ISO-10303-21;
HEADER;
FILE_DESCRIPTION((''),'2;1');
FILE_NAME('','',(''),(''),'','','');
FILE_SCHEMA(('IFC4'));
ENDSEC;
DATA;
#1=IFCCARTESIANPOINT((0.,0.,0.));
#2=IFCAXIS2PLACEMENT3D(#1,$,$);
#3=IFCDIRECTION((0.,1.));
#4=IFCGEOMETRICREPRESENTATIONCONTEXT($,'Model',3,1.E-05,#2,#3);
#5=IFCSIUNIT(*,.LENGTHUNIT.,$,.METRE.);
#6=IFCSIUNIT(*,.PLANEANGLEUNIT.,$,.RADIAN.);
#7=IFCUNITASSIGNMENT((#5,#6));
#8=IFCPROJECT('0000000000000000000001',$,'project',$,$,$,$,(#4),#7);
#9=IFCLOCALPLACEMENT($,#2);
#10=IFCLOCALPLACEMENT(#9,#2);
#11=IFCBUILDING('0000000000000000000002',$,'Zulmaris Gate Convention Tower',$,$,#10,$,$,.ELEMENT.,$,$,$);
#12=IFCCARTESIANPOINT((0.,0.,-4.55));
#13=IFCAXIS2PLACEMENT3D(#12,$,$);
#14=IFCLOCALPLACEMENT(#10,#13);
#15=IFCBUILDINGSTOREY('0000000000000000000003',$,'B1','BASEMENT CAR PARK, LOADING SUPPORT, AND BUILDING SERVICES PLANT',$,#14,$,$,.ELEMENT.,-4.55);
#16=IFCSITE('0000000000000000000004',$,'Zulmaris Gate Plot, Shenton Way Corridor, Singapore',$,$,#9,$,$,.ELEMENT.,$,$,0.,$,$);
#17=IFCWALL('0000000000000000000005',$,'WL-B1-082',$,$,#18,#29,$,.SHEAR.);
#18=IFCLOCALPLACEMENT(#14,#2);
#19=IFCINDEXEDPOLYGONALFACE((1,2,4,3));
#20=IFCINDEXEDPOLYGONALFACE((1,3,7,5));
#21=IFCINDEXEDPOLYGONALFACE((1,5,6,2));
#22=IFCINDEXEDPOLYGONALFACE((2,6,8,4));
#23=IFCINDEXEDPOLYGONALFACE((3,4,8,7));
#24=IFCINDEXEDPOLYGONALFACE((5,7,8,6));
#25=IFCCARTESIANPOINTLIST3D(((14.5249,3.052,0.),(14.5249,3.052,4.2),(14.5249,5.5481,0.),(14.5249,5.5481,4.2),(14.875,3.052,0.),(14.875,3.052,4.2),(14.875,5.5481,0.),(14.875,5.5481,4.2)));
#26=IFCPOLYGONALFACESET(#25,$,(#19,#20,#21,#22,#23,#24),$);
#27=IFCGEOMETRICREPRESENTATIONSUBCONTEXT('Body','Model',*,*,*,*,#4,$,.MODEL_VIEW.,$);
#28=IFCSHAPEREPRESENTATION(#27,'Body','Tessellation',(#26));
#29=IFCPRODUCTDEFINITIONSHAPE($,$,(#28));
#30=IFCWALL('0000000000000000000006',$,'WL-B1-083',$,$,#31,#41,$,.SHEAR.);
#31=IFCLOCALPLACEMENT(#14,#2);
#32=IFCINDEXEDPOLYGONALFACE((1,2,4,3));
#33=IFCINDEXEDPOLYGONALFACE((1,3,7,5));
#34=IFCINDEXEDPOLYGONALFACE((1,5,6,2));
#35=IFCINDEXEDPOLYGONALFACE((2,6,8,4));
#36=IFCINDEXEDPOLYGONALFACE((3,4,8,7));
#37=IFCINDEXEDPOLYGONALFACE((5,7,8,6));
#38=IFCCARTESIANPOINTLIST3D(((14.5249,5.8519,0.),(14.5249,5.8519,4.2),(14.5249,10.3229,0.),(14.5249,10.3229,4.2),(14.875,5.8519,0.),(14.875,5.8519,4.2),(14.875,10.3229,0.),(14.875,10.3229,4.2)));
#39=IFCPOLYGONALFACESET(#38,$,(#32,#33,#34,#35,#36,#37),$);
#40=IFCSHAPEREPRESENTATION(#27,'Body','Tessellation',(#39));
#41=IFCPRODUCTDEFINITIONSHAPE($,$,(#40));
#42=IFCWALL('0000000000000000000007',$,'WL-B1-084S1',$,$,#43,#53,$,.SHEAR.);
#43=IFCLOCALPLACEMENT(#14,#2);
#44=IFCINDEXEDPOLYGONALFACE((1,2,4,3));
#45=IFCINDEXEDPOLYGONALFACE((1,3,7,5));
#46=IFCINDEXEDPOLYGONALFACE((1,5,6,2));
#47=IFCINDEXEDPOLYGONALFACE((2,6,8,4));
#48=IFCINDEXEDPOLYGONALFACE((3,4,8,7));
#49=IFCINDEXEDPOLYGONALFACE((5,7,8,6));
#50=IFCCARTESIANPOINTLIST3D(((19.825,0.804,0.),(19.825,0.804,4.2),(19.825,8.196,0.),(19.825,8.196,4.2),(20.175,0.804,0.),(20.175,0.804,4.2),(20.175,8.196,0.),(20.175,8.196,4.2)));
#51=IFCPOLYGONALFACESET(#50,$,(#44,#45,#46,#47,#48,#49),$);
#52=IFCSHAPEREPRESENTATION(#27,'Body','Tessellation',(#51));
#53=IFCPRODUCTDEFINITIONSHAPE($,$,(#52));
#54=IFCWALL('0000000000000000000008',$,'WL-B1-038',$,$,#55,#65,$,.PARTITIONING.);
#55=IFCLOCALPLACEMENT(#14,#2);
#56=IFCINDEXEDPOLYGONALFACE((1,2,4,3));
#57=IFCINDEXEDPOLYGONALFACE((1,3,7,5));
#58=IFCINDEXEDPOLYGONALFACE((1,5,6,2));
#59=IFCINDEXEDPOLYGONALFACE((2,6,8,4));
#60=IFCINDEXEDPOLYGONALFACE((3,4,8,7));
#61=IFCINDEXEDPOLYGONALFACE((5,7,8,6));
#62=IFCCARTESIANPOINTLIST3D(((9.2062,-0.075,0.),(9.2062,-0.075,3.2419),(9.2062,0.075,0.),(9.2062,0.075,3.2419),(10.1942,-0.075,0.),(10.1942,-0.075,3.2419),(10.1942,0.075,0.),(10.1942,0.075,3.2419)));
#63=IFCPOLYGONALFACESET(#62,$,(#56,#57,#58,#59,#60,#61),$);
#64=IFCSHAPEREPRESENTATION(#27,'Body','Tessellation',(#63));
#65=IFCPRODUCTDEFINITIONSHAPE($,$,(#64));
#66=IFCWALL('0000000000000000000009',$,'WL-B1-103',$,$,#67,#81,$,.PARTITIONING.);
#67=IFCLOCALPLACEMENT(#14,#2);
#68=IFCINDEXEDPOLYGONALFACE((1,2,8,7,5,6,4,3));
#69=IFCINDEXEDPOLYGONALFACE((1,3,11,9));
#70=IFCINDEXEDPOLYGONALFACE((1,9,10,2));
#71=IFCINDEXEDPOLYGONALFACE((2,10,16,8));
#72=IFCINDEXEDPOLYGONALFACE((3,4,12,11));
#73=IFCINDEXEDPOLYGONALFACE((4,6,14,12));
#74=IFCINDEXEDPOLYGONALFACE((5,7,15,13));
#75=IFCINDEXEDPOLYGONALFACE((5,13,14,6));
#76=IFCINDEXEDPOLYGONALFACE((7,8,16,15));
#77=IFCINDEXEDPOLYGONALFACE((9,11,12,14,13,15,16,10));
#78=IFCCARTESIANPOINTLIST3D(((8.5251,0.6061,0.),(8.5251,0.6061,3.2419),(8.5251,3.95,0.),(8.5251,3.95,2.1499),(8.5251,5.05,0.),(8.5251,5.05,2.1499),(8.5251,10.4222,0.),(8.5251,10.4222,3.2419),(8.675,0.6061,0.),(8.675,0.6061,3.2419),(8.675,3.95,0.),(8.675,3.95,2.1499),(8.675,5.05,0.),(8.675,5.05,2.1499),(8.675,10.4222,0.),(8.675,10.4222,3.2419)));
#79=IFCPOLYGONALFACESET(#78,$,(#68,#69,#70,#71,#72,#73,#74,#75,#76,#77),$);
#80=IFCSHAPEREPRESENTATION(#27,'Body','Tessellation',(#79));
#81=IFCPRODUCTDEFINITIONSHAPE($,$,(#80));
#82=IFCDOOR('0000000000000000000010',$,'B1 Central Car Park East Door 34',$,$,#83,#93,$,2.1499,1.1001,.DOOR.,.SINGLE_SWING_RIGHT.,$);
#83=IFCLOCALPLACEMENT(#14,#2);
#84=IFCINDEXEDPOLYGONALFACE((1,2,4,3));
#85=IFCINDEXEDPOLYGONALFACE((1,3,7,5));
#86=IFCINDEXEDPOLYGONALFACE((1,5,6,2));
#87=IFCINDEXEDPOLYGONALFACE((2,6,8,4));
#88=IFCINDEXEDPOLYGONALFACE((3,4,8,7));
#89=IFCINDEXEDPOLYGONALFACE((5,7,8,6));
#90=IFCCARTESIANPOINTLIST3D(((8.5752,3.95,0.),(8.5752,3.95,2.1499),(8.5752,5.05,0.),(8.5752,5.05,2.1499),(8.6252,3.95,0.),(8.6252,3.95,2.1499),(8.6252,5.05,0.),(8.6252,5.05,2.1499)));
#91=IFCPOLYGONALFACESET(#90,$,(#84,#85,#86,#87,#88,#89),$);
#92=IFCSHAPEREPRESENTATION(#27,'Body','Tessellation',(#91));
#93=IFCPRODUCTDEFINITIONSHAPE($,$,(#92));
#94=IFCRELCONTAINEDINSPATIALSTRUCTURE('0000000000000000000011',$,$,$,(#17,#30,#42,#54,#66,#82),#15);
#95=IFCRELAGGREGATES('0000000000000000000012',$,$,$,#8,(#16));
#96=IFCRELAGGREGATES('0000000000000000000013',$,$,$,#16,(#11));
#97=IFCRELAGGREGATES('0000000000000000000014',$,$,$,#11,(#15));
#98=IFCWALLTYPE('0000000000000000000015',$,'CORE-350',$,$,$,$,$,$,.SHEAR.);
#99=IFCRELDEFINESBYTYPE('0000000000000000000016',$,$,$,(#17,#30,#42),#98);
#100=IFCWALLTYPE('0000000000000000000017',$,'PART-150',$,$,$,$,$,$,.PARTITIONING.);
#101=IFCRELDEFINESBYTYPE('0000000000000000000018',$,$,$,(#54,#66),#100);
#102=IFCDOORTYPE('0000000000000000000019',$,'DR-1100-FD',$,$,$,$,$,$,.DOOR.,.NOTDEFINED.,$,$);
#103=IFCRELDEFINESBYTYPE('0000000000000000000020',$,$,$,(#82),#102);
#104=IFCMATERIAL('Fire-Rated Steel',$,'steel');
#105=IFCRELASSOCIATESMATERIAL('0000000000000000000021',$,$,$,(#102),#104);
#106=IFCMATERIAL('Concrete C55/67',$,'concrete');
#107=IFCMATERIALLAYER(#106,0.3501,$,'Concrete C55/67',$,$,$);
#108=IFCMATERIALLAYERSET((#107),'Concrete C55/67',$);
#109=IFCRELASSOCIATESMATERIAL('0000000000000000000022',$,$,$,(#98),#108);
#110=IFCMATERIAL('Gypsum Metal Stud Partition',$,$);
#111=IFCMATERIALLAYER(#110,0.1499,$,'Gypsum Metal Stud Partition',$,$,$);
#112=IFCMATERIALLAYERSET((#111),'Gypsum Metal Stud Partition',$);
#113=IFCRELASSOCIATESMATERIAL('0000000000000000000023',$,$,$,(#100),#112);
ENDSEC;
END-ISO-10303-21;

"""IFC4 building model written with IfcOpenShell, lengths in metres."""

from ifc_helpers import new_model, si_unit, direction, frame, frame_2d, origin, place, context, subcontext, project, spatial, rectangle, extrude, material, layer, layer_set, type_object, element, fill, save


model = new_model("IFC4")

# Units and contexts
model_context = context("Model", 3, precision=1e-05, world=origin(), true_north=direction((0.0, 1.0)))
body_context = subcontext(model_context, "Body", "Model", "MODEL_VIEW")
ifc_project = project(units=[si_unit("LENGTHUNIT", "METRE"), si_unit("PLANEANGLEUNIT", "RADIAN")], contexts=[model_context])

# Site, building, storey
site_placement = place(None, origin())
site = spatial("IfcSite", under=ifc_project, at=site_placement, Name="Zulmaris Gate Plot, Shenton Way Corridor, Singapore", CompositionType="ELEMENT", RefElevation=0.0)
building_placement = place(site_placement, origin())
building = spatial("IfcBuilding", under=site, at=building_placement, Name="Zulmaris Gate Convention Tower", CompositionType="ELEMENT")
storey_placement = place(building_placement, frame((0.0, 0.0, -4.55)))
storey = spatial("IfcBuildingStorey", under=building, at=storey_placement, Name="B1", Description="BASEMENT CAR PARK, LOADING SUPPORT, AND BUILDING SERVICES PLANT", CompositionType="ELEMENT", Elevation=-4.55)

# Shared definitions
ifc_material_1 = material(Name="Fire-Rated Steel", Category="steel")
door_type_1 = type_object("IfcDoorType", Name="DR-1100-FD", OperationType="NOTDEFINED", PredefinedType="DOOR", material=ifc_material_1)

# Walls
ifc_material_2 = material(Name="Concrete C55/67", Category="concrete")
ifc_layer_1 = layer(ifc_material_2, 0.3501, Name="Concrete C55/67")
ifc_layer_set_1 = layer_set([ifc_layer_1], Name="Concrete C55/67")
wall_type_1 = type_object("IfcWallType", Name="CORE-350", PredefinedType="SHEAR", material=ifc_layer_set_1)
wall_1_placement = place(storey_placement, frame((14.7, 3.052, 0.0), z_axis=(0.0, 0.0, 1.0), x_axis=(0.0, 1.0, 0.0)))
element("IfcWall", 1, at=wall_1_placement, inside=storey, type_object=wall_type_1, Name="WL-B1-082", PredefinedType="SHEAR", context=body_context, shape_type="SweptSolid", body=[
    extrude(rectangle(XDim=2.4961, YDim=0.3501, at=frame_2d((1.248, 0.0))), origin(), (0.0, 0.0, 1.0), 4.2),
])
wall_2_placement = place(storey_placement, frame((14.7, 5.8521, 0.0), z_axis=(0.0, 0.0, 1.0), x_axis=(0.0, 1.0, 0.0)))
element("IfcWall", 2, at=wall_2_placement, inside=storey, type_object=wall_type_1, Name="WL-B1-083", PredefinedType="SHEAR", context=body_context, shape_type="SweptSolid", body=[
    extrude(rectangle(XDim=4.4709, YDim=0.3501, at=frame_2d((2.2354, 0.0))), origin(), (0.0, 0.0, 1.0), 4.2),
])
wall_3_placement = place(storey_placement, frame((20.0, 0.804, 0.0), z_axis=(0.0, 0.0, 1.0), x_axis=(0.0, 1.0, 0.0)))
element("IfcWall", 3, at=wall_3_placement, inside=storey, type_object=wall_type_1, Name="WL-B1-084S1", PredefinedType="SHEAR", context=body_context, shape_type="SweptSolid", body=[
    extrude(rectangle(XDim=7.3921, YDim=0.3501, at=frame_2d((3.696, 0.0))), origin(), (0.0, 0.0, 1.0), 4.2),
])
ifc_material_3 = material(Name="Gypsum Metal Stud Partition")
ifc_layer_2 = layer(ifc_material_3, 0.1499, Name="Gypsum Metal Stud Partition")
ifc_layer_set_2 = layer_set([ifc_layer_2], Name="Gypsum Metal Stud Partition")
wall_type_2 = type_object("IfcWallType", Name="PART-150", PredefinedType="PARTITIONING", material=ifc_layer_set_2)
wall_4_placement = place(storey_placement, frame((9.2061, 0.0, 0.0), z_axis=(0.0, 0.0, 1.0), x_axis=(1.0, 0.0, 0.0)))
element("IfcWall", 4, at=wall_4_placement, inside=storey, type_object=wall_type_2, Name="WL-B1-038", PredefinedType="PARTITIONING", context=body_context, shape_type="SweptSolid", body=[
    extrude(rectangle(XDim=0.988, YDim=0.1499, at=frame_2d((0.4941, 0.0))), origin(), (0.0, 0.0, 1.0), 3.2419),
])

# Wall, opening, door
wall_5_placement = place(storey_placement, frame((8.6001, 0.606, 0.0), z_axis=(0.0, 0.0, 1.0), x_axis=(0.0, 1.0, 0.0)))
wall_5 = element("IfcWall", 5, at=wall_5_placement, inside=storey, type_object=wall_type_2, Name="WL-B1-103", PredefinedType="PARTITIONING", context=body_context, shape_type="SweptSolid", body=[
    extrude(rectangle(XDim=9.8162, YDim=0.1499, at=frame_2d((4.9082, 0.0))), origin(), (0.0, 0.0, 1.0), 3.2419),
])
opening_1_placement = place(wall_5_placement, frame((3.344, 0.0, 0.0)))
opening_1 = element("IfcOpeningElement", 6, at=opening_1_placement, cuts=wall_5, PredefinedType="OPENING", context=body_context, shape_type="SweptSolid", body=[
    extrude(rectangle(XDim=1.1001, YDim=2.1499, at=frame_2d((0.55, 1.075))), frame((0.0, 0.085, 0.0), z_axis=(0.0, -1.0, 0.0), x_axis=(1.0, 0.0, 0.0)), (0.0, 0.0, 1.0), 0.1699),
])
door_1_placement = place(opening_1_placement, origin())
door_1 = element("IfcDoor", 7, at=door_1_placement, inside=storey, type_object=door_type_1, Name="B1 Central Car Park East Door 34", OperationType="SINGLE_SWING_RIGHT", OverallHeight=2.1499, OverallWidth=1.1001, PredefinedType="DOOR", context=body_context, shape_type="SweptSolid", body=[
    extrude(rectangle(XDim=1.1001, YDim=2.1499, at=frame_2d((0.55, 1.075))), frame((0.0, 0.0249, 0.0), z_axis=(0.0, -1.0, 0.0), x_axis=(1.0, 0.0, 0.0)), (0.0, 0.0, 1.0), 0.05),
])
fill(opening_1, door_1)

save(model, "model.ifc")
